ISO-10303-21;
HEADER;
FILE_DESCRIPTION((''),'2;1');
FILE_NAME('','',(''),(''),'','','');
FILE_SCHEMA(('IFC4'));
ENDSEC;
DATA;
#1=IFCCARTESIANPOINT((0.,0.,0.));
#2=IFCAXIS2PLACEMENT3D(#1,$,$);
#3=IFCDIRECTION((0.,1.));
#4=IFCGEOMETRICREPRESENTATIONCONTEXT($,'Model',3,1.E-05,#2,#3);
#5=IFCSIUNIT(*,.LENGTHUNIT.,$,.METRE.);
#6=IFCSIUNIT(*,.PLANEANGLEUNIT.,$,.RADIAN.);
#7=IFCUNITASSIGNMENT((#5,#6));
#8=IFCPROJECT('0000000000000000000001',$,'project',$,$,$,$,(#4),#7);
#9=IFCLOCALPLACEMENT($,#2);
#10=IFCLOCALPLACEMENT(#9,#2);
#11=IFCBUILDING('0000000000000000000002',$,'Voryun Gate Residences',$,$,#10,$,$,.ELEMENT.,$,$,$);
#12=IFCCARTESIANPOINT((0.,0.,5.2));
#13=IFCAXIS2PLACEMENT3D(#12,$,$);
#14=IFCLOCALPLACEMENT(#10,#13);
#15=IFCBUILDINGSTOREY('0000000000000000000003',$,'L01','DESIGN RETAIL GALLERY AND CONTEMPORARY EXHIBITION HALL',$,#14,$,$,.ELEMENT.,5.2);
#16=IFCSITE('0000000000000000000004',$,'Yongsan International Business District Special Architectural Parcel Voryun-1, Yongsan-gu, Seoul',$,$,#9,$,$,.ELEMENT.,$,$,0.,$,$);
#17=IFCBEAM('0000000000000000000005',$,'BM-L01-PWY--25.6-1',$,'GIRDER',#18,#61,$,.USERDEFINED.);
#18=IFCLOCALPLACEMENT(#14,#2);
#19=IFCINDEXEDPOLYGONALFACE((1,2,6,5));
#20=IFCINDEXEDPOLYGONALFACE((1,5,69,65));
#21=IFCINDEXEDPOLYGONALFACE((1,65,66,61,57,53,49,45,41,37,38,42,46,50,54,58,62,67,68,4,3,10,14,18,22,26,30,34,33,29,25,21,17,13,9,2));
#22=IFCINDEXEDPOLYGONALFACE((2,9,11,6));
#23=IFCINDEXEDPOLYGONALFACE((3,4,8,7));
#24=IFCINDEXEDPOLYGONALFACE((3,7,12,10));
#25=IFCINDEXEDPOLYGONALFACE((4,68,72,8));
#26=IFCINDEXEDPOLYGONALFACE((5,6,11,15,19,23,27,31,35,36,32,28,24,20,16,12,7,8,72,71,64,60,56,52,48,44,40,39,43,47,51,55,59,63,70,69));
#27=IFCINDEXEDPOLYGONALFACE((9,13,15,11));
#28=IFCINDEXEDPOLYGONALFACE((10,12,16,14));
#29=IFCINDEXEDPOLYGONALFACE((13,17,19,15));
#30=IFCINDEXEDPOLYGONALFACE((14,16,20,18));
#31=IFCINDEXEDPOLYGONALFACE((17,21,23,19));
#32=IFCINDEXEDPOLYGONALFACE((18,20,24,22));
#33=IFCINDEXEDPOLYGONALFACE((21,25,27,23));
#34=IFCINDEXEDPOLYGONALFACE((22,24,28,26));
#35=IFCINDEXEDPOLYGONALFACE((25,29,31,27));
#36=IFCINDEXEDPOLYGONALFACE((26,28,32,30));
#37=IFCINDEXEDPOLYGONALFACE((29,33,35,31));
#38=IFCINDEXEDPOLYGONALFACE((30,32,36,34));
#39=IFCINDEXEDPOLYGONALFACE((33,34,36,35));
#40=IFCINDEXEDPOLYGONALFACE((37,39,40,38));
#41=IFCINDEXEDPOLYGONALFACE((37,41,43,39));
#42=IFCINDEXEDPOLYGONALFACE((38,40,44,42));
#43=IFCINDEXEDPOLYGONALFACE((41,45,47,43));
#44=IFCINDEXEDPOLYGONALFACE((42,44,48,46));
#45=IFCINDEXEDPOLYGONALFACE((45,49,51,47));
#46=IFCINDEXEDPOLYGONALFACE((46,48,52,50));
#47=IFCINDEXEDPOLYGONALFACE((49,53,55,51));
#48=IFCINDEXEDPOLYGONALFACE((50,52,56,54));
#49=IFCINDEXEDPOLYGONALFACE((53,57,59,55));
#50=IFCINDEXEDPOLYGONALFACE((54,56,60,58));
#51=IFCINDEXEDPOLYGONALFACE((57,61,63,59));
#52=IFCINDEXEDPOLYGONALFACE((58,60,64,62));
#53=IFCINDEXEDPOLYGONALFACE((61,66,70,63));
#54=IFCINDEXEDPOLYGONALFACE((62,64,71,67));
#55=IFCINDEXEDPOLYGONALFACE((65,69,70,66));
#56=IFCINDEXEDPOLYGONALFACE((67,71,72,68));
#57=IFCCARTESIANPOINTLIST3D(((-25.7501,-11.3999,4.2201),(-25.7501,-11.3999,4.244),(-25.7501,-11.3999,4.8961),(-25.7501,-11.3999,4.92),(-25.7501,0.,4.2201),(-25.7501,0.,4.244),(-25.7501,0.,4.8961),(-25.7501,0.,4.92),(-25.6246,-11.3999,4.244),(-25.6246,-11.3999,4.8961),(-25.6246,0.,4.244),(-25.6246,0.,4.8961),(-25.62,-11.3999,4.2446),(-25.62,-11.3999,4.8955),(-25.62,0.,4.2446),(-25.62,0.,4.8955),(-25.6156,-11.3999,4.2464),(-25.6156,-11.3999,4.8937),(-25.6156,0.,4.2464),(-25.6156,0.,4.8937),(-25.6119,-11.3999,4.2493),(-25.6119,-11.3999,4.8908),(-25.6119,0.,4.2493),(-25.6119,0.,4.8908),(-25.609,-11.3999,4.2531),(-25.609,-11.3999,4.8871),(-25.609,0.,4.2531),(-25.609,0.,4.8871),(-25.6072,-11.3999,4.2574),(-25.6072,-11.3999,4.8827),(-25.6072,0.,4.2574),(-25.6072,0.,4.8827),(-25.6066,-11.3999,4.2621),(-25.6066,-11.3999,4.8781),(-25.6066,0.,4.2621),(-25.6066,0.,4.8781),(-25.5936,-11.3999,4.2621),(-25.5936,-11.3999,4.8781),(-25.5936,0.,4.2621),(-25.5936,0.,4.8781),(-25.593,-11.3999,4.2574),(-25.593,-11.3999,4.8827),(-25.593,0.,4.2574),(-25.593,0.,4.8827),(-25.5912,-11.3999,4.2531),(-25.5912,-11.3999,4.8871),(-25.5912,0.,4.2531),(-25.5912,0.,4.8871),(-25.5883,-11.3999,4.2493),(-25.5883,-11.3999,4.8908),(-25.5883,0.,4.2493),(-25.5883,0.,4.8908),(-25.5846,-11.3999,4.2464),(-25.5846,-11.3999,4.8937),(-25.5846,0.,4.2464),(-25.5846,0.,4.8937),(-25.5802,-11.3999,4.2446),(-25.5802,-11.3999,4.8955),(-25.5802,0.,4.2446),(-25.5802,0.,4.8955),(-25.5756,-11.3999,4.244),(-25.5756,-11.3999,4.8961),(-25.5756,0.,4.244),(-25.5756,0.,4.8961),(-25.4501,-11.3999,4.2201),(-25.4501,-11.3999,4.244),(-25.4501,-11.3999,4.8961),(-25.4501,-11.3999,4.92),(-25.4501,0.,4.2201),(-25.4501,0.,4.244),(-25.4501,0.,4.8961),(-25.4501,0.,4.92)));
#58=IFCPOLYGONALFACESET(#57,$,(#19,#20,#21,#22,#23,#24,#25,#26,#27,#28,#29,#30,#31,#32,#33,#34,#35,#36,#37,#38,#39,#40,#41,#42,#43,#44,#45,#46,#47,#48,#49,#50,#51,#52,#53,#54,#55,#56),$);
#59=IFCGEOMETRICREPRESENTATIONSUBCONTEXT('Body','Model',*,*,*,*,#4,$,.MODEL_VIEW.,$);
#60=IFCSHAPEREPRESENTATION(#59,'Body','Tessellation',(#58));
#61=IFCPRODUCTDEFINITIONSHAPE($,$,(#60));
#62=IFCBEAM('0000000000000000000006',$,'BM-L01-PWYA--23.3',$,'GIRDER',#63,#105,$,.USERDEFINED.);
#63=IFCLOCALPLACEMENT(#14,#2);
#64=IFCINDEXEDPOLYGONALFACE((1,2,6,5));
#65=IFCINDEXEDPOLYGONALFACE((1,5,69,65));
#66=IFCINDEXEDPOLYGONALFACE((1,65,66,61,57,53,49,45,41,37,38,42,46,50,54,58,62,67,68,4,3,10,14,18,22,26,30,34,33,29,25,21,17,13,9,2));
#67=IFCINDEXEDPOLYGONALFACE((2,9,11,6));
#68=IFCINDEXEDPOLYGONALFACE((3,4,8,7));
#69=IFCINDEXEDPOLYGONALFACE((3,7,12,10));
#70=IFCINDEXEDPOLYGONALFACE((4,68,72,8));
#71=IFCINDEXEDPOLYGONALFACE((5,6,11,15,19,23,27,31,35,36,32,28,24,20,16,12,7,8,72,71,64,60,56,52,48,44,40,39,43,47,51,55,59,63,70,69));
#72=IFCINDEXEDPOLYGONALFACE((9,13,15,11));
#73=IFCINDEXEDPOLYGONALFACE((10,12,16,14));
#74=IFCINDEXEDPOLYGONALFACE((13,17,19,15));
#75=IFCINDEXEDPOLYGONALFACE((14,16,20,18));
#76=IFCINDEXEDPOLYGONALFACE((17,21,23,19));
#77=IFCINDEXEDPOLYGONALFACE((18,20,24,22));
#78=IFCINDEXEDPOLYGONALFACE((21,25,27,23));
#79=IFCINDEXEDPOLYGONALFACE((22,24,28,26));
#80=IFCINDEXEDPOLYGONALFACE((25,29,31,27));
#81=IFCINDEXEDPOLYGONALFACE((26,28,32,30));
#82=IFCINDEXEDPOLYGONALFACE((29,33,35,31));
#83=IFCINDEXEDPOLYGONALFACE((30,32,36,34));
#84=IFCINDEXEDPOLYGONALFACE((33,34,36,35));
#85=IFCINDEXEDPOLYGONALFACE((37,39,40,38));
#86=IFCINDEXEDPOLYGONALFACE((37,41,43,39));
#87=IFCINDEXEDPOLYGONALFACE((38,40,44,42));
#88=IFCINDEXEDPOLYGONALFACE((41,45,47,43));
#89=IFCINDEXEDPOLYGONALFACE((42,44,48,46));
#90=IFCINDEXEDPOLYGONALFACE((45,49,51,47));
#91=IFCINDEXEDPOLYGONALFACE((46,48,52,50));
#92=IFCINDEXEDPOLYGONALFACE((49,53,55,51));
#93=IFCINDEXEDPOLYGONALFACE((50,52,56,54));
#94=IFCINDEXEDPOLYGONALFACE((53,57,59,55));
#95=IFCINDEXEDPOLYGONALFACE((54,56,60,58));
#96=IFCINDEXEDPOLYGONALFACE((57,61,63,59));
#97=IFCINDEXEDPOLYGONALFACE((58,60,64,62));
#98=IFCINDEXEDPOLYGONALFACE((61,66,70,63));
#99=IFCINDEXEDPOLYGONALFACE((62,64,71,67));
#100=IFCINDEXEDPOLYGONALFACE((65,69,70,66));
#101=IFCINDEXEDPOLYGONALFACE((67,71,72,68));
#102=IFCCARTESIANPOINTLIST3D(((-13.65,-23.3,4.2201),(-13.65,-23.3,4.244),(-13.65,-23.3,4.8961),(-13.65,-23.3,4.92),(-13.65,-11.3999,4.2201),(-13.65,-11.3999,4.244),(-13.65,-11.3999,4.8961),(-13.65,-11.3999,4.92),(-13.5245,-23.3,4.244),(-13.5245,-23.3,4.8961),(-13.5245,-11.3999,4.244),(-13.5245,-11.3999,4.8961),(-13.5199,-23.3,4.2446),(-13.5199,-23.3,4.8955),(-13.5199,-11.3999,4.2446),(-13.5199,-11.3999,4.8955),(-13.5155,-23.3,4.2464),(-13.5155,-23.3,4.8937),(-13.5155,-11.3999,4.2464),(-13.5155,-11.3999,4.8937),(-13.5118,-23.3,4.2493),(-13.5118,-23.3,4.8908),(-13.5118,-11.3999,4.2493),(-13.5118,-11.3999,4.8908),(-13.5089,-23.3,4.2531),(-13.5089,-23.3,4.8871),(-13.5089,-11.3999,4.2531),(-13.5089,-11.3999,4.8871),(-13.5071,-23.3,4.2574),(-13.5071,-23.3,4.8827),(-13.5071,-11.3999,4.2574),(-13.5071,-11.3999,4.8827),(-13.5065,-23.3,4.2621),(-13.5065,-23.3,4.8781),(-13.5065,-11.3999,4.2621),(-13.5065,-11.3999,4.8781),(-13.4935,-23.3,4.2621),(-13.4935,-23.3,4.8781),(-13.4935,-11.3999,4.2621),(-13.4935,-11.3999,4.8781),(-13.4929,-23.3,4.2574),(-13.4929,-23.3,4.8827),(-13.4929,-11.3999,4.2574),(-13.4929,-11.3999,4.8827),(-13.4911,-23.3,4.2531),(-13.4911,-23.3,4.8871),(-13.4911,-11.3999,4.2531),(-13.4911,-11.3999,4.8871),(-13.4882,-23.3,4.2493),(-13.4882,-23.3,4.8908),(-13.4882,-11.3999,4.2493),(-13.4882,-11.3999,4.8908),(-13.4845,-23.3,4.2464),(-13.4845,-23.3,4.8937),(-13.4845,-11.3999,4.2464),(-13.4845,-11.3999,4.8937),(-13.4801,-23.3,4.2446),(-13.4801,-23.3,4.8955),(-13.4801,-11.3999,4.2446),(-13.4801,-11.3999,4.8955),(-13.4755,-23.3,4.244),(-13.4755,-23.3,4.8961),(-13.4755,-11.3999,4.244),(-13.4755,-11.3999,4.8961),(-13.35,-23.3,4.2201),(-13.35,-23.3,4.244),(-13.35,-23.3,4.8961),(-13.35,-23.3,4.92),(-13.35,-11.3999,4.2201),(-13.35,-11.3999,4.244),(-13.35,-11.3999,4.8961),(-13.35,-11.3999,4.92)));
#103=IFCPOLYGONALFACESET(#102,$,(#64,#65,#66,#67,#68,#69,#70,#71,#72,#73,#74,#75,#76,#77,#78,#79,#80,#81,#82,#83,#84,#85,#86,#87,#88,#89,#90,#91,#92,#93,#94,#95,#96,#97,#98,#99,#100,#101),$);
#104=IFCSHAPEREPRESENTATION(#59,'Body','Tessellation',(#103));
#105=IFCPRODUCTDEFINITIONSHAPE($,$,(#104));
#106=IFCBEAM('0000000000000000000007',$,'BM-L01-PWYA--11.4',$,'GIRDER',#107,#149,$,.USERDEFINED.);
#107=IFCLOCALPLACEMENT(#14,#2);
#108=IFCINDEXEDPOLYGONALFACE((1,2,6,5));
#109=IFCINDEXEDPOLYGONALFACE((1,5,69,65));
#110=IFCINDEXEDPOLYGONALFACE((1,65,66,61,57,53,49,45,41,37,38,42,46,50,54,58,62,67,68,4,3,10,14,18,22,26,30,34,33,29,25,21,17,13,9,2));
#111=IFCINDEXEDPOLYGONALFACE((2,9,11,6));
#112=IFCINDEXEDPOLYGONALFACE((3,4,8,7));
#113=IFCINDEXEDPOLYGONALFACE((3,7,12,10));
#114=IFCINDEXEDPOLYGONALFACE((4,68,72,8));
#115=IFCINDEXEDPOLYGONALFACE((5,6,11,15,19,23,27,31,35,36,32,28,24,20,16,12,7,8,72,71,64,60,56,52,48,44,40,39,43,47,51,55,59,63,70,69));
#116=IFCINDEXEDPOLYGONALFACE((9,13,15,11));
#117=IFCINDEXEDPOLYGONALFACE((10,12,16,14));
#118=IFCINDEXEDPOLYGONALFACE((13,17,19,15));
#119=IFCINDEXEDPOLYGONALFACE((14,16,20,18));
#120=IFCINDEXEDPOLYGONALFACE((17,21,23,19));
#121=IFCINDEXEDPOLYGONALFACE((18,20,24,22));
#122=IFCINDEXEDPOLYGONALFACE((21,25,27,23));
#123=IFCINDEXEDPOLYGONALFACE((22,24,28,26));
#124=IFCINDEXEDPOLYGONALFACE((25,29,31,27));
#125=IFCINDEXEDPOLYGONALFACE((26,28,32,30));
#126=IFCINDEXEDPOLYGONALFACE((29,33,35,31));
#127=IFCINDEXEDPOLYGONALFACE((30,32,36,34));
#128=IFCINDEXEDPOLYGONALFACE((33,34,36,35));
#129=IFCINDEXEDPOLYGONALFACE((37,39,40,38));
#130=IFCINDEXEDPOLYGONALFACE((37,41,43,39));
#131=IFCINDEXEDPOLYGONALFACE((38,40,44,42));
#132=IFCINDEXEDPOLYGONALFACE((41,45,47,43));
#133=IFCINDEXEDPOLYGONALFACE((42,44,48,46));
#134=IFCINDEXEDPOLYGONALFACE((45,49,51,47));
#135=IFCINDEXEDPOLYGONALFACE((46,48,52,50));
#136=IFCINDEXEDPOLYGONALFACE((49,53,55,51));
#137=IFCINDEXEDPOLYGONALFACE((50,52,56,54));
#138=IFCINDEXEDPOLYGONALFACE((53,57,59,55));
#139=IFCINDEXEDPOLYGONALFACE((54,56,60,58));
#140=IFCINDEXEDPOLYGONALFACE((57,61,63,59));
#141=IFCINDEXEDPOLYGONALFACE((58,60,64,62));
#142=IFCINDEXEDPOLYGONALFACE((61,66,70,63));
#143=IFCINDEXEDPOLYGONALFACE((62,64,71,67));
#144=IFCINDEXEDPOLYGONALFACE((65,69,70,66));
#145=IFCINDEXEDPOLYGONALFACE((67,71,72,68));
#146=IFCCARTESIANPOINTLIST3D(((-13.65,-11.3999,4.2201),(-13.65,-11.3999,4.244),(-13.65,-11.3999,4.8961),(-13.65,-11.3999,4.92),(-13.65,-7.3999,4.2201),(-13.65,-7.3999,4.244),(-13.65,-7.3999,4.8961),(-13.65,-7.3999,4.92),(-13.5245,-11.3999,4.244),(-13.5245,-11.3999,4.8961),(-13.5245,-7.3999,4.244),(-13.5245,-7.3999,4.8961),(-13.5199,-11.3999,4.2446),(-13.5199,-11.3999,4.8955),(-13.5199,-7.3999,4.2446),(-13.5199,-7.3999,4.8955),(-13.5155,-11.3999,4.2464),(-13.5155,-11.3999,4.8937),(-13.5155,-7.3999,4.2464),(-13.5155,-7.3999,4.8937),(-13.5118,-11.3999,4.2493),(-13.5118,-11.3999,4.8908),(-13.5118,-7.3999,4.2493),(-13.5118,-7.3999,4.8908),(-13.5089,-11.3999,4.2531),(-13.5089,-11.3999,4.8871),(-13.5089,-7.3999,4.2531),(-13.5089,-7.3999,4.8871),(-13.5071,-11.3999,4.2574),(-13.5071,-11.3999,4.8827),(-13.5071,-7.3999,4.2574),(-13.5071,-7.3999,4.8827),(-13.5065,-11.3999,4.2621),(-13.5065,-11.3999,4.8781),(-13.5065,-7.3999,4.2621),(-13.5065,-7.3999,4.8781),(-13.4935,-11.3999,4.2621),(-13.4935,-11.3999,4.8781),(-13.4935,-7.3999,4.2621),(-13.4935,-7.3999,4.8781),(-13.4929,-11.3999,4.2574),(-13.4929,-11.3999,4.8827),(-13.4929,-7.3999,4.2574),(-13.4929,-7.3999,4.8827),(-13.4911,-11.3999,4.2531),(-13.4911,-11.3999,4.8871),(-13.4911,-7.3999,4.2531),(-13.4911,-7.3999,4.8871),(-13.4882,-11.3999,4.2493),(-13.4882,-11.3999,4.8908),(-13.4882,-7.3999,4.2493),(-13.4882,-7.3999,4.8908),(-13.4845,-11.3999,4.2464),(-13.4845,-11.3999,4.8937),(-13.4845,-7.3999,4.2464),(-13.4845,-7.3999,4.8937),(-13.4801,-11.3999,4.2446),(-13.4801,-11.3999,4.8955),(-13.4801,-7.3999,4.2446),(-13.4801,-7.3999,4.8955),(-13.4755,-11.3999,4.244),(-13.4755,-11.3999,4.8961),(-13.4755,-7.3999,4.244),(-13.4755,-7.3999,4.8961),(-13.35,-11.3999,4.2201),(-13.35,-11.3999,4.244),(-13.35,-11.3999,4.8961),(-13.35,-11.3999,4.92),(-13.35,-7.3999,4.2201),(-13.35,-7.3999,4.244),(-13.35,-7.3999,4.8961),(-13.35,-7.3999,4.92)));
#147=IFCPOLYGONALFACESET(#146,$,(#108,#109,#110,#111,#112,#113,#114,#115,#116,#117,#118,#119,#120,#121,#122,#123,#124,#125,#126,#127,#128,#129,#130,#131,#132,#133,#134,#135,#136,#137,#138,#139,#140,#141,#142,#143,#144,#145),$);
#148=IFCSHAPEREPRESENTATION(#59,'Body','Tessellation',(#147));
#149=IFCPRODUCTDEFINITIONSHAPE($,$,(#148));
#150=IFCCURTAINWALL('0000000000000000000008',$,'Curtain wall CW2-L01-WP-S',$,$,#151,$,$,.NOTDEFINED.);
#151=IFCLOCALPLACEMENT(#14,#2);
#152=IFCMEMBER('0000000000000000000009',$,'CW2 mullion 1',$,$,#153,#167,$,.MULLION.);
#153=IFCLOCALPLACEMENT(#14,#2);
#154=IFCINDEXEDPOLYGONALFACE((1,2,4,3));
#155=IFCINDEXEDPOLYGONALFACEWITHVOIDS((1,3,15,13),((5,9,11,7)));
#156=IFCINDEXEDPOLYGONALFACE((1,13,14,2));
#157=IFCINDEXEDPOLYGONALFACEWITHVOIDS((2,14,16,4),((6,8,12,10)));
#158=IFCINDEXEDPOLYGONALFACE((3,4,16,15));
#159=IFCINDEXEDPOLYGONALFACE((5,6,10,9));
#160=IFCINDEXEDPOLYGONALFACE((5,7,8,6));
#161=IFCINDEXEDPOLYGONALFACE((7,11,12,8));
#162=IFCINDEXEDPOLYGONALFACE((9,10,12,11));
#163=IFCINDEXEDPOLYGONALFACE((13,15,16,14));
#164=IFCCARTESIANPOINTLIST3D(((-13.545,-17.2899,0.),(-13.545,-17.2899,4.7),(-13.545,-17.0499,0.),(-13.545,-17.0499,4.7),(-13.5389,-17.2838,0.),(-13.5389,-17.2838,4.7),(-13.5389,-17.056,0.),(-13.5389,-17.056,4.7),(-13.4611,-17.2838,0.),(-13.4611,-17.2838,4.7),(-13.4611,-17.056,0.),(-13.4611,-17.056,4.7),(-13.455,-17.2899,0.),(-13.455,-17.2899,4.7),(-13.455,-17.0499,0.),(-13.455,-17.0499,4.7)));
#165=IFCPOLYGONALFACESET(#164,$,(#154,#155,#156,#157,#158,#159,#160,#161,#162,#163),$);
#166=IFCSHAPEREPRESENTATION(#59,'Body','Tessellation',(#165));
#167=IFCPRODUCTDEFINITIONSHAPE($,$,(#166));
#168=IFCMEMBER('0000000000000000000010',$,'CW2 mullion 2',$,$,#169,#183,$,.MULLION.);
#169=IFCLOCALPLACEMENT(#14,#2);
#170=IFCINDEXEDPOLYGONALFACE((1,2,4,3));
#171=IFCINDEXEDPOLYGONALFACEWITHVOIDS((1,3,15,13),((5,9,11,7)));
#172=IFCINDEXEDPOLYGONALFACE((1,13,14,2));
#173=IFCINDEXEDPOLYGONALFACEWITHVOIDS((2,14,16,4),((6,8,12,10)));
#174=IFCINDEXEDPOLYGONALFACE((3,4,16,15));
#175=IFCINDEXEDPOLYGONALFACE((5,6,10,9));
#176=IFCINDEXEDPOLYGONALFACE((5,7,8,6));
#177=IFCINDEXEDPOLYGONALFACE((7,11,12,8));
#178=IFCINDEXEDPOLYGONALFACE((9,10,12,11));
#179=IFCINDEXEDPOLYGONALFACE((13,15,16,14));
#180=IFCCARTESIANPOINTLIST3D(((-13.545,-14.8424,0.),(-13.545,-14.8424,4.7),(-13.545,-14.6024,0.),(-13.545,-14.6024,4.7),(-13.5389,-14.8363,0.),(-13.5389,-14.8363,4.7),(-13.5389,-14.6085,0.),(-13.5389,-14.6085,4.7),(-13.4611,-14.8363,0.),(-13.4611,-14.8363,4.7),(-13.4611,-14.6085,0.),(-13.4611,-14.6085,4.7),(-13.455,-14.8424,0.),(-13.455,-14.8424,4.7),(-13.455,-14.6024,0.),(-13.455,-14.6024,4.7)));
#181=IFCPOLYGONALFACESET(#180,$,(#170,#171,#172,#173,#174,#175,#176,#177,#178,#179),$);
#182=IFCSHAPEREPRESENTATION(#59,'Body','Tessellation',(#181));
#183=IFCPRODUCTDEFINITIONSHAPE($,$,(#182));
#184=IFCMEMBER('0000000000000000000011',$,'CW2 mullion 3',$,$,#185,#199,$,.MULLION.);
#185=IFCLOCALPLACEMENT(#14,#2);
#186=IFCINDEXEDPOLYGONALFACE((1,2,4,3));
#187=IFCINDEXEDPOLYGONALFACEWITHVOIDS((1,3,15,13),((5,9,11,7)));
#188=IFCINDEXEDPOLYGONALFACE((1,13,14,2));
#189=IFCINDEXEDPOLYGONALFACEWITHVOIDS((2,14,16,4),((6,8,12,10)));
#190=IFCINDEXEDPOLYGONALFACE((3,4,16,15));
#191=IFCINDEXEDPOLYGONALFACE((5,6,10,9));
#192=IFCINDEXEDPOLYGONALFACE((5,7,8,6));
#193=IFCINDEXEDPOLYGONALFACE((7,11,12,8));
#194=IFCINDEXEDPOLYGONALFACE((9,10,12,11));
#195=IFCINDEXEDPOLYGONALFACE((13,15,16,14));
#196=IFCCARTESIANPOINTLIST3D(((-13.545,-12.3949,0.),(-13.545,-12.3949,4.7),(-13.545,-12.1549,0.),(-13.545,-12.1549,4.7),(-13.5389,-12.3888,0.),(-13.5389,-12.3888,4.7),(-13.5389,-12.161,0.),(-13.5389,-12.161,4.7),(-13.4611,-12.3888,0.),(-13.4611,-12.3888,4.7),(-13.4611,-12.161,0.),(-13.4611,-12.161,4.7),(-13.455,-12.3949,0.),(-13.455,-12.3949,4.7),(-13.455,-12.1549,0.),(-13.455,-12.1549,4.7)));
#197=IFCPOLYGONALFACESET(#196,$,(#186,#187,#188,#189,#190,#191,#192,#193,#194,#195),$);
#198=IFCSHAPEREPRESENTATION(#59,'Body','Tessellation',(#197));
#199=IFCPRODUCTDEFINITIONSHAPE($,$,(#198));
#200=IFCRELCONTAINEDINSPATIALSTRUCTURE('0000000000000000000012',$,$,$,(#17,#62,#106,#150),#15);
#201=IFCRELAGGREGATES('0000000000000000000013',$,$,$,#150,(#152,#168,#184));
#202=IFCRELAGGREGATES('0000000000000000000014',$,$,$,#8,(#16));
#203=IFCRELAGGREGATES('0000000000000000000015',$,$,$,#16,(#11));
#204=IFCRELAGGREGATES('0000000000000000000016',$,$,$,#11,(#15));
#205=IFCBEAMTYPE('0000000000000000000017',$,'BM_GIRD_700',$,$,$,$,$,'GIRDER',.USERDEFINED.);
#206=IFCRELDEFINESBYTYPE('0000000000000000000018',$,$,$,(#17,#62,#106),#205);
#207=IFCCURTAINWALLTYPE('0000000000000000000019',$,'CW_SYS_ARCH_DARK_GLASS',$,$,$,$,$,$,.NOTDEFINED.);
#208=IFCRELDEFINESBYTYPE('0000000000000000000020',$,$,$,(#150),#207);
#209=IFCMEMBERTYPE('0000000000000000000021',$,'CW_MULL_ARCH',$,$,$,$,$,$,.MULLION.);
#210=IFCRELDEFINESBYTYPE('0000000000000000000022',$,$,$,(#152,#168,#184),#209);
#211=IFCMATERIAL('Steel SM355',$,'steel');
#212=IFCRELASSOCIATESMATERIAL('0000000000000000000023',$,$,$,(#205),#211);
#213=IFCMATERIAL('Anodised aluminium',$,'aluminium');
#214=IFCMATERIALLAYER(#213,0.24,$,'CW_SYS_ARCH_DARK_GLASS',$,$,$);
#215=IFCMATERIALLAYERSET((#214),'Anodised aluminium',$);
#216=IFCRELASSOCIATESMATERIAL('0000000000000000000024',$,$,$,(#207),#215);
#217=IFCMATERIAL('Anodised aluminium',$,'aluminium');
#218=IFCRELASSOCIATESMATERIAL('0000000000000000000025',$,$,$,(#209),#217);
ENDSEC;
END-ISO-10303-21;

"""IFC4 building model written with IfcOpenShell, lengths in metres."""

from ifc_helpers import new_model, si_unit, direction, frame, origin, origin_2d, place, context, subcontext, project, spatial, hollow_rectangle, i_section, extrude, material, layer, layer_set, material_profile, profile_set, type_object, element, aggregate, save


model = new_model("IFC4")

# Units and contexts
model_context = context("Model", 3, precision=1e-05, world=origin(), true_north=direction((0.0, 1.0)))
body_context = subcontext(model_context, "Body", "Model", "MODEL_VIEW")
ifc_project = project(units=[si_unit("LENGTHUNIT", "METRE"), si_unit("PLANEANGLEUNIT", "RADIAN")], contexts=[model_context])

# Site, building, storey
site_placement = place(None, origin())
site = spatial("IfcSite", under=ifc_project, at=site_placement, Name="Yongsan International Business District Special Architectural Parcel Voryun-1, Yongsan-gu, Seoul", CompositionType="ELEMENT", RefElevation=0.0)
building_placement = place(site_placement, origin())
building = spatial("IfcBuilding", under=site, at=building_placement, Name="Voryun Gate Residences", CompositionType="ELEMENT")
storey_placement = place(building_placement, frame((0.0, 0.0, 5.2)))
storey = spatial("IfcBuildingStorey", under=building, at=storey_placement, Name="L01", Description="DESIGN RETAIL GALLERY AND CONTEMPORARY EXHIBITION HALL", CompositionType="ELEMENT", Elevation=5.2)

# Beams
ifc_material_1 = material(Name="Steel SM355", Category="steel")
ifc_material_profile_1 = material_profile(ifc_material_1, i_section(OverallWidth=0.3, OverallDepth=0.7, WebThickness=0.0129, FlangeThickness=0.0239, FilletRadius=0.0181, at=origin_2d()), Name="H-700x300x13x24")
ifc_profile_set_1 = profile_set([ifc_material_profile_1], Name="Steel SM355")
beam_type = type_object("IfcBeamType", Name="BM_GIRD_700", ElementType="GIRDER", PredefinedType="USERDEFINED", material=ifc_profile_set_1)
beam_1_placement = place(storey_placement, frame((-25.6001, -11.3999, 4.5701), z_axis=(0.0, 1.0, 0.0), x_axis=(-1.0, 0.0, 0.0)))
element("IfcBeam", 1, at=beam_1_placement, inside=storey, type_object=beam_type, Name="BM-L01-PWY--25.6-1", ObjectType="GIRDER", PredefinedType="USERDEFINED", context=body_context, shape_type="SweptSolid", body=[
    extrude(i_section(OverallWidth=0.3, OverallDepth=0.7, WebThickness=0.0129, FlangeThickness=0.0239, FilletRadius=0.0181, at=origin_2d()), origin(), (0.0, 0.0, 1.0), 11.3999),
])
beam_2_placement = place(storey_placement, frame((-13.5, -23.3, 4.5701), z_axis=(0.0, 1.0, 0.0), x_axis=(-1.0, 0.0, 0.0)))
element("IfcBeam", 2, at=beam_2_placement, inside=storey, type_object=beam_type, Name="BM-L01-PWYA--23.3", ObjectType="GIRDER", PredefinedType="USERDEFINED", context=body_context, shape_type="SweptSolid", body=[
    extrude(i_section(OverallWidth=0.3, OverallDepth=0.7, WebThickness=0.0129, FlangeThickness=0.0239, FilletRadius=0.0181, at=origin_2d()), origin(), (0.0, 0.0, 1.0), 11.9001),
])
beam_3_placement = place(storey_placement, frame((-13.5, -11.3999, 4.5701), z_axis=(0.0, 1.0, 0.0), x_axis=(-1.0, 0.0, 0.0)))
element("IfcBeam", 3, at=beam_3_placement, inside=storey, type_object=beam_type, Name="BM-L01-PWYA--11.4", ObjectType="GIRDER", PredefinedType="USERDEFINED", context=body_context, shape_type="SweptSolid", body=[
    extrude(i_section(OverallWidth=0.3, OverallDepth=0.7, WebThickness=0.0129, FlangeThickness=0.0239, FilletRadius=0.0181, at=origin_2d()), origin(), (0.0, 0.0, 1.0), 4.0),
])

# Curtain wall, members
ifc_material_2 = material(Name="Anodised aluminium", Category="aluminium")
ifc_layer_1 = layer(ifc_material_2, 0.24, Name="CW_SYS_ARCH_DARK_GLASS")
ifc_layer_set_1 = layer_set([ifc_layer_1], Name="Anodised aluminium")
curtain_wall_type = type_object("IfcCurtainWallType", Name="CW_SYS_ARCH_DARK_GLASS", PredefinedType="NOTDEFINED", material=ifc_layer_set_1)
curtain_wall_placement = place(storey_placement, origin())
curtain_wall = element("IfcCurtainWall", 4, at=curtain_wall_placement, inside=storey, type_object=curtain_wall_type, Name="Curtain wall CW2-L01-WP-S", PredefinedType="NOTDEFINED")
ifc_material_3 = material(Name="Anodised aluminium", Category="aluminium")
ifc_material_profile_2 = material_profile(ifc_material_3, hollow_rectangle(XDim=0.0901, YDim=0.24, WallThickness=0.0061, at=origin_2d()), Name="ALU-MULL-240x90x6")
ifc_profile_set_2 = profile_set([ifc_material_profile_2], Name="Anodised aluminium")
member_type_1 = type_object("IfcMemberType", Name="CW_MULL_ARCH", PredefinedType="MULLION", material=ifc_profile_set_2)
member_1_placement = place(storey_placement, frame((-13.5, -17.1699, 0.0), z_axis=(0.0, 0.0, 1.0), x_axis=(-1.0, 0.0, 0.0)))
member_1 = element("IfcMember", 5, at=member_1_placement, type_object=member_type_1, Name="CW2 mullion 1", PredefinedType="MULLION", context=body_context, shape_type="SweptSolid", body=[
    extrude(hollow_rectangle(XDim=0.0901, YDim=0.24, WallThickness=0.0061, at=origin_2d()), origin(), (0.0, 0.0, 1.0), 4.7),
])
member_2_placement = place(storey_placement, frame((-13.5, -14.7224, 0.0), z_axis=(0.0, 0.0, 1.0), x_axis=(-1.0, 0.0, 0.0)))
member_2 = element("IfcMember", 6, at=member_2_placement, type_object=member_type_1, Name="CW2 mullion 2", PredefinedType="MULLION", context=body_context, shape_type="SweptSolid", body=[
    extrude(hollow_rectangle(XDim=0.0901, YDim=0.24, WallThickness=0.0061, at=origin_2d()), origin(), (0.0, 0.0, 1.0), 4.7),
])
member_3_placement = place(storey_placement, frame((-13.5, -12.2749, 0.0), z_axis=(0.0, 0.0, 1.0), x_axis=(-1.0, 0.0, 0.0)))
member_3 = element("IfcMember", 7, at=member_3_placement, type_object=member_type_1, Name="CW2 mullion 3", PredefinedType="MULLION", context=body_context, shape_type="SweptSolid", body=[
    extrude(hollow_rectangle(XDim=0.0901, YDim=0.24, WallThickness=0.0061, at=origin_2d()), origin(), (0.0, 0.0, 1.0), 4.7),
])

aggregate(curtain_wall, [member_1, member_2, member_3])

save(model, "model.ifc")
